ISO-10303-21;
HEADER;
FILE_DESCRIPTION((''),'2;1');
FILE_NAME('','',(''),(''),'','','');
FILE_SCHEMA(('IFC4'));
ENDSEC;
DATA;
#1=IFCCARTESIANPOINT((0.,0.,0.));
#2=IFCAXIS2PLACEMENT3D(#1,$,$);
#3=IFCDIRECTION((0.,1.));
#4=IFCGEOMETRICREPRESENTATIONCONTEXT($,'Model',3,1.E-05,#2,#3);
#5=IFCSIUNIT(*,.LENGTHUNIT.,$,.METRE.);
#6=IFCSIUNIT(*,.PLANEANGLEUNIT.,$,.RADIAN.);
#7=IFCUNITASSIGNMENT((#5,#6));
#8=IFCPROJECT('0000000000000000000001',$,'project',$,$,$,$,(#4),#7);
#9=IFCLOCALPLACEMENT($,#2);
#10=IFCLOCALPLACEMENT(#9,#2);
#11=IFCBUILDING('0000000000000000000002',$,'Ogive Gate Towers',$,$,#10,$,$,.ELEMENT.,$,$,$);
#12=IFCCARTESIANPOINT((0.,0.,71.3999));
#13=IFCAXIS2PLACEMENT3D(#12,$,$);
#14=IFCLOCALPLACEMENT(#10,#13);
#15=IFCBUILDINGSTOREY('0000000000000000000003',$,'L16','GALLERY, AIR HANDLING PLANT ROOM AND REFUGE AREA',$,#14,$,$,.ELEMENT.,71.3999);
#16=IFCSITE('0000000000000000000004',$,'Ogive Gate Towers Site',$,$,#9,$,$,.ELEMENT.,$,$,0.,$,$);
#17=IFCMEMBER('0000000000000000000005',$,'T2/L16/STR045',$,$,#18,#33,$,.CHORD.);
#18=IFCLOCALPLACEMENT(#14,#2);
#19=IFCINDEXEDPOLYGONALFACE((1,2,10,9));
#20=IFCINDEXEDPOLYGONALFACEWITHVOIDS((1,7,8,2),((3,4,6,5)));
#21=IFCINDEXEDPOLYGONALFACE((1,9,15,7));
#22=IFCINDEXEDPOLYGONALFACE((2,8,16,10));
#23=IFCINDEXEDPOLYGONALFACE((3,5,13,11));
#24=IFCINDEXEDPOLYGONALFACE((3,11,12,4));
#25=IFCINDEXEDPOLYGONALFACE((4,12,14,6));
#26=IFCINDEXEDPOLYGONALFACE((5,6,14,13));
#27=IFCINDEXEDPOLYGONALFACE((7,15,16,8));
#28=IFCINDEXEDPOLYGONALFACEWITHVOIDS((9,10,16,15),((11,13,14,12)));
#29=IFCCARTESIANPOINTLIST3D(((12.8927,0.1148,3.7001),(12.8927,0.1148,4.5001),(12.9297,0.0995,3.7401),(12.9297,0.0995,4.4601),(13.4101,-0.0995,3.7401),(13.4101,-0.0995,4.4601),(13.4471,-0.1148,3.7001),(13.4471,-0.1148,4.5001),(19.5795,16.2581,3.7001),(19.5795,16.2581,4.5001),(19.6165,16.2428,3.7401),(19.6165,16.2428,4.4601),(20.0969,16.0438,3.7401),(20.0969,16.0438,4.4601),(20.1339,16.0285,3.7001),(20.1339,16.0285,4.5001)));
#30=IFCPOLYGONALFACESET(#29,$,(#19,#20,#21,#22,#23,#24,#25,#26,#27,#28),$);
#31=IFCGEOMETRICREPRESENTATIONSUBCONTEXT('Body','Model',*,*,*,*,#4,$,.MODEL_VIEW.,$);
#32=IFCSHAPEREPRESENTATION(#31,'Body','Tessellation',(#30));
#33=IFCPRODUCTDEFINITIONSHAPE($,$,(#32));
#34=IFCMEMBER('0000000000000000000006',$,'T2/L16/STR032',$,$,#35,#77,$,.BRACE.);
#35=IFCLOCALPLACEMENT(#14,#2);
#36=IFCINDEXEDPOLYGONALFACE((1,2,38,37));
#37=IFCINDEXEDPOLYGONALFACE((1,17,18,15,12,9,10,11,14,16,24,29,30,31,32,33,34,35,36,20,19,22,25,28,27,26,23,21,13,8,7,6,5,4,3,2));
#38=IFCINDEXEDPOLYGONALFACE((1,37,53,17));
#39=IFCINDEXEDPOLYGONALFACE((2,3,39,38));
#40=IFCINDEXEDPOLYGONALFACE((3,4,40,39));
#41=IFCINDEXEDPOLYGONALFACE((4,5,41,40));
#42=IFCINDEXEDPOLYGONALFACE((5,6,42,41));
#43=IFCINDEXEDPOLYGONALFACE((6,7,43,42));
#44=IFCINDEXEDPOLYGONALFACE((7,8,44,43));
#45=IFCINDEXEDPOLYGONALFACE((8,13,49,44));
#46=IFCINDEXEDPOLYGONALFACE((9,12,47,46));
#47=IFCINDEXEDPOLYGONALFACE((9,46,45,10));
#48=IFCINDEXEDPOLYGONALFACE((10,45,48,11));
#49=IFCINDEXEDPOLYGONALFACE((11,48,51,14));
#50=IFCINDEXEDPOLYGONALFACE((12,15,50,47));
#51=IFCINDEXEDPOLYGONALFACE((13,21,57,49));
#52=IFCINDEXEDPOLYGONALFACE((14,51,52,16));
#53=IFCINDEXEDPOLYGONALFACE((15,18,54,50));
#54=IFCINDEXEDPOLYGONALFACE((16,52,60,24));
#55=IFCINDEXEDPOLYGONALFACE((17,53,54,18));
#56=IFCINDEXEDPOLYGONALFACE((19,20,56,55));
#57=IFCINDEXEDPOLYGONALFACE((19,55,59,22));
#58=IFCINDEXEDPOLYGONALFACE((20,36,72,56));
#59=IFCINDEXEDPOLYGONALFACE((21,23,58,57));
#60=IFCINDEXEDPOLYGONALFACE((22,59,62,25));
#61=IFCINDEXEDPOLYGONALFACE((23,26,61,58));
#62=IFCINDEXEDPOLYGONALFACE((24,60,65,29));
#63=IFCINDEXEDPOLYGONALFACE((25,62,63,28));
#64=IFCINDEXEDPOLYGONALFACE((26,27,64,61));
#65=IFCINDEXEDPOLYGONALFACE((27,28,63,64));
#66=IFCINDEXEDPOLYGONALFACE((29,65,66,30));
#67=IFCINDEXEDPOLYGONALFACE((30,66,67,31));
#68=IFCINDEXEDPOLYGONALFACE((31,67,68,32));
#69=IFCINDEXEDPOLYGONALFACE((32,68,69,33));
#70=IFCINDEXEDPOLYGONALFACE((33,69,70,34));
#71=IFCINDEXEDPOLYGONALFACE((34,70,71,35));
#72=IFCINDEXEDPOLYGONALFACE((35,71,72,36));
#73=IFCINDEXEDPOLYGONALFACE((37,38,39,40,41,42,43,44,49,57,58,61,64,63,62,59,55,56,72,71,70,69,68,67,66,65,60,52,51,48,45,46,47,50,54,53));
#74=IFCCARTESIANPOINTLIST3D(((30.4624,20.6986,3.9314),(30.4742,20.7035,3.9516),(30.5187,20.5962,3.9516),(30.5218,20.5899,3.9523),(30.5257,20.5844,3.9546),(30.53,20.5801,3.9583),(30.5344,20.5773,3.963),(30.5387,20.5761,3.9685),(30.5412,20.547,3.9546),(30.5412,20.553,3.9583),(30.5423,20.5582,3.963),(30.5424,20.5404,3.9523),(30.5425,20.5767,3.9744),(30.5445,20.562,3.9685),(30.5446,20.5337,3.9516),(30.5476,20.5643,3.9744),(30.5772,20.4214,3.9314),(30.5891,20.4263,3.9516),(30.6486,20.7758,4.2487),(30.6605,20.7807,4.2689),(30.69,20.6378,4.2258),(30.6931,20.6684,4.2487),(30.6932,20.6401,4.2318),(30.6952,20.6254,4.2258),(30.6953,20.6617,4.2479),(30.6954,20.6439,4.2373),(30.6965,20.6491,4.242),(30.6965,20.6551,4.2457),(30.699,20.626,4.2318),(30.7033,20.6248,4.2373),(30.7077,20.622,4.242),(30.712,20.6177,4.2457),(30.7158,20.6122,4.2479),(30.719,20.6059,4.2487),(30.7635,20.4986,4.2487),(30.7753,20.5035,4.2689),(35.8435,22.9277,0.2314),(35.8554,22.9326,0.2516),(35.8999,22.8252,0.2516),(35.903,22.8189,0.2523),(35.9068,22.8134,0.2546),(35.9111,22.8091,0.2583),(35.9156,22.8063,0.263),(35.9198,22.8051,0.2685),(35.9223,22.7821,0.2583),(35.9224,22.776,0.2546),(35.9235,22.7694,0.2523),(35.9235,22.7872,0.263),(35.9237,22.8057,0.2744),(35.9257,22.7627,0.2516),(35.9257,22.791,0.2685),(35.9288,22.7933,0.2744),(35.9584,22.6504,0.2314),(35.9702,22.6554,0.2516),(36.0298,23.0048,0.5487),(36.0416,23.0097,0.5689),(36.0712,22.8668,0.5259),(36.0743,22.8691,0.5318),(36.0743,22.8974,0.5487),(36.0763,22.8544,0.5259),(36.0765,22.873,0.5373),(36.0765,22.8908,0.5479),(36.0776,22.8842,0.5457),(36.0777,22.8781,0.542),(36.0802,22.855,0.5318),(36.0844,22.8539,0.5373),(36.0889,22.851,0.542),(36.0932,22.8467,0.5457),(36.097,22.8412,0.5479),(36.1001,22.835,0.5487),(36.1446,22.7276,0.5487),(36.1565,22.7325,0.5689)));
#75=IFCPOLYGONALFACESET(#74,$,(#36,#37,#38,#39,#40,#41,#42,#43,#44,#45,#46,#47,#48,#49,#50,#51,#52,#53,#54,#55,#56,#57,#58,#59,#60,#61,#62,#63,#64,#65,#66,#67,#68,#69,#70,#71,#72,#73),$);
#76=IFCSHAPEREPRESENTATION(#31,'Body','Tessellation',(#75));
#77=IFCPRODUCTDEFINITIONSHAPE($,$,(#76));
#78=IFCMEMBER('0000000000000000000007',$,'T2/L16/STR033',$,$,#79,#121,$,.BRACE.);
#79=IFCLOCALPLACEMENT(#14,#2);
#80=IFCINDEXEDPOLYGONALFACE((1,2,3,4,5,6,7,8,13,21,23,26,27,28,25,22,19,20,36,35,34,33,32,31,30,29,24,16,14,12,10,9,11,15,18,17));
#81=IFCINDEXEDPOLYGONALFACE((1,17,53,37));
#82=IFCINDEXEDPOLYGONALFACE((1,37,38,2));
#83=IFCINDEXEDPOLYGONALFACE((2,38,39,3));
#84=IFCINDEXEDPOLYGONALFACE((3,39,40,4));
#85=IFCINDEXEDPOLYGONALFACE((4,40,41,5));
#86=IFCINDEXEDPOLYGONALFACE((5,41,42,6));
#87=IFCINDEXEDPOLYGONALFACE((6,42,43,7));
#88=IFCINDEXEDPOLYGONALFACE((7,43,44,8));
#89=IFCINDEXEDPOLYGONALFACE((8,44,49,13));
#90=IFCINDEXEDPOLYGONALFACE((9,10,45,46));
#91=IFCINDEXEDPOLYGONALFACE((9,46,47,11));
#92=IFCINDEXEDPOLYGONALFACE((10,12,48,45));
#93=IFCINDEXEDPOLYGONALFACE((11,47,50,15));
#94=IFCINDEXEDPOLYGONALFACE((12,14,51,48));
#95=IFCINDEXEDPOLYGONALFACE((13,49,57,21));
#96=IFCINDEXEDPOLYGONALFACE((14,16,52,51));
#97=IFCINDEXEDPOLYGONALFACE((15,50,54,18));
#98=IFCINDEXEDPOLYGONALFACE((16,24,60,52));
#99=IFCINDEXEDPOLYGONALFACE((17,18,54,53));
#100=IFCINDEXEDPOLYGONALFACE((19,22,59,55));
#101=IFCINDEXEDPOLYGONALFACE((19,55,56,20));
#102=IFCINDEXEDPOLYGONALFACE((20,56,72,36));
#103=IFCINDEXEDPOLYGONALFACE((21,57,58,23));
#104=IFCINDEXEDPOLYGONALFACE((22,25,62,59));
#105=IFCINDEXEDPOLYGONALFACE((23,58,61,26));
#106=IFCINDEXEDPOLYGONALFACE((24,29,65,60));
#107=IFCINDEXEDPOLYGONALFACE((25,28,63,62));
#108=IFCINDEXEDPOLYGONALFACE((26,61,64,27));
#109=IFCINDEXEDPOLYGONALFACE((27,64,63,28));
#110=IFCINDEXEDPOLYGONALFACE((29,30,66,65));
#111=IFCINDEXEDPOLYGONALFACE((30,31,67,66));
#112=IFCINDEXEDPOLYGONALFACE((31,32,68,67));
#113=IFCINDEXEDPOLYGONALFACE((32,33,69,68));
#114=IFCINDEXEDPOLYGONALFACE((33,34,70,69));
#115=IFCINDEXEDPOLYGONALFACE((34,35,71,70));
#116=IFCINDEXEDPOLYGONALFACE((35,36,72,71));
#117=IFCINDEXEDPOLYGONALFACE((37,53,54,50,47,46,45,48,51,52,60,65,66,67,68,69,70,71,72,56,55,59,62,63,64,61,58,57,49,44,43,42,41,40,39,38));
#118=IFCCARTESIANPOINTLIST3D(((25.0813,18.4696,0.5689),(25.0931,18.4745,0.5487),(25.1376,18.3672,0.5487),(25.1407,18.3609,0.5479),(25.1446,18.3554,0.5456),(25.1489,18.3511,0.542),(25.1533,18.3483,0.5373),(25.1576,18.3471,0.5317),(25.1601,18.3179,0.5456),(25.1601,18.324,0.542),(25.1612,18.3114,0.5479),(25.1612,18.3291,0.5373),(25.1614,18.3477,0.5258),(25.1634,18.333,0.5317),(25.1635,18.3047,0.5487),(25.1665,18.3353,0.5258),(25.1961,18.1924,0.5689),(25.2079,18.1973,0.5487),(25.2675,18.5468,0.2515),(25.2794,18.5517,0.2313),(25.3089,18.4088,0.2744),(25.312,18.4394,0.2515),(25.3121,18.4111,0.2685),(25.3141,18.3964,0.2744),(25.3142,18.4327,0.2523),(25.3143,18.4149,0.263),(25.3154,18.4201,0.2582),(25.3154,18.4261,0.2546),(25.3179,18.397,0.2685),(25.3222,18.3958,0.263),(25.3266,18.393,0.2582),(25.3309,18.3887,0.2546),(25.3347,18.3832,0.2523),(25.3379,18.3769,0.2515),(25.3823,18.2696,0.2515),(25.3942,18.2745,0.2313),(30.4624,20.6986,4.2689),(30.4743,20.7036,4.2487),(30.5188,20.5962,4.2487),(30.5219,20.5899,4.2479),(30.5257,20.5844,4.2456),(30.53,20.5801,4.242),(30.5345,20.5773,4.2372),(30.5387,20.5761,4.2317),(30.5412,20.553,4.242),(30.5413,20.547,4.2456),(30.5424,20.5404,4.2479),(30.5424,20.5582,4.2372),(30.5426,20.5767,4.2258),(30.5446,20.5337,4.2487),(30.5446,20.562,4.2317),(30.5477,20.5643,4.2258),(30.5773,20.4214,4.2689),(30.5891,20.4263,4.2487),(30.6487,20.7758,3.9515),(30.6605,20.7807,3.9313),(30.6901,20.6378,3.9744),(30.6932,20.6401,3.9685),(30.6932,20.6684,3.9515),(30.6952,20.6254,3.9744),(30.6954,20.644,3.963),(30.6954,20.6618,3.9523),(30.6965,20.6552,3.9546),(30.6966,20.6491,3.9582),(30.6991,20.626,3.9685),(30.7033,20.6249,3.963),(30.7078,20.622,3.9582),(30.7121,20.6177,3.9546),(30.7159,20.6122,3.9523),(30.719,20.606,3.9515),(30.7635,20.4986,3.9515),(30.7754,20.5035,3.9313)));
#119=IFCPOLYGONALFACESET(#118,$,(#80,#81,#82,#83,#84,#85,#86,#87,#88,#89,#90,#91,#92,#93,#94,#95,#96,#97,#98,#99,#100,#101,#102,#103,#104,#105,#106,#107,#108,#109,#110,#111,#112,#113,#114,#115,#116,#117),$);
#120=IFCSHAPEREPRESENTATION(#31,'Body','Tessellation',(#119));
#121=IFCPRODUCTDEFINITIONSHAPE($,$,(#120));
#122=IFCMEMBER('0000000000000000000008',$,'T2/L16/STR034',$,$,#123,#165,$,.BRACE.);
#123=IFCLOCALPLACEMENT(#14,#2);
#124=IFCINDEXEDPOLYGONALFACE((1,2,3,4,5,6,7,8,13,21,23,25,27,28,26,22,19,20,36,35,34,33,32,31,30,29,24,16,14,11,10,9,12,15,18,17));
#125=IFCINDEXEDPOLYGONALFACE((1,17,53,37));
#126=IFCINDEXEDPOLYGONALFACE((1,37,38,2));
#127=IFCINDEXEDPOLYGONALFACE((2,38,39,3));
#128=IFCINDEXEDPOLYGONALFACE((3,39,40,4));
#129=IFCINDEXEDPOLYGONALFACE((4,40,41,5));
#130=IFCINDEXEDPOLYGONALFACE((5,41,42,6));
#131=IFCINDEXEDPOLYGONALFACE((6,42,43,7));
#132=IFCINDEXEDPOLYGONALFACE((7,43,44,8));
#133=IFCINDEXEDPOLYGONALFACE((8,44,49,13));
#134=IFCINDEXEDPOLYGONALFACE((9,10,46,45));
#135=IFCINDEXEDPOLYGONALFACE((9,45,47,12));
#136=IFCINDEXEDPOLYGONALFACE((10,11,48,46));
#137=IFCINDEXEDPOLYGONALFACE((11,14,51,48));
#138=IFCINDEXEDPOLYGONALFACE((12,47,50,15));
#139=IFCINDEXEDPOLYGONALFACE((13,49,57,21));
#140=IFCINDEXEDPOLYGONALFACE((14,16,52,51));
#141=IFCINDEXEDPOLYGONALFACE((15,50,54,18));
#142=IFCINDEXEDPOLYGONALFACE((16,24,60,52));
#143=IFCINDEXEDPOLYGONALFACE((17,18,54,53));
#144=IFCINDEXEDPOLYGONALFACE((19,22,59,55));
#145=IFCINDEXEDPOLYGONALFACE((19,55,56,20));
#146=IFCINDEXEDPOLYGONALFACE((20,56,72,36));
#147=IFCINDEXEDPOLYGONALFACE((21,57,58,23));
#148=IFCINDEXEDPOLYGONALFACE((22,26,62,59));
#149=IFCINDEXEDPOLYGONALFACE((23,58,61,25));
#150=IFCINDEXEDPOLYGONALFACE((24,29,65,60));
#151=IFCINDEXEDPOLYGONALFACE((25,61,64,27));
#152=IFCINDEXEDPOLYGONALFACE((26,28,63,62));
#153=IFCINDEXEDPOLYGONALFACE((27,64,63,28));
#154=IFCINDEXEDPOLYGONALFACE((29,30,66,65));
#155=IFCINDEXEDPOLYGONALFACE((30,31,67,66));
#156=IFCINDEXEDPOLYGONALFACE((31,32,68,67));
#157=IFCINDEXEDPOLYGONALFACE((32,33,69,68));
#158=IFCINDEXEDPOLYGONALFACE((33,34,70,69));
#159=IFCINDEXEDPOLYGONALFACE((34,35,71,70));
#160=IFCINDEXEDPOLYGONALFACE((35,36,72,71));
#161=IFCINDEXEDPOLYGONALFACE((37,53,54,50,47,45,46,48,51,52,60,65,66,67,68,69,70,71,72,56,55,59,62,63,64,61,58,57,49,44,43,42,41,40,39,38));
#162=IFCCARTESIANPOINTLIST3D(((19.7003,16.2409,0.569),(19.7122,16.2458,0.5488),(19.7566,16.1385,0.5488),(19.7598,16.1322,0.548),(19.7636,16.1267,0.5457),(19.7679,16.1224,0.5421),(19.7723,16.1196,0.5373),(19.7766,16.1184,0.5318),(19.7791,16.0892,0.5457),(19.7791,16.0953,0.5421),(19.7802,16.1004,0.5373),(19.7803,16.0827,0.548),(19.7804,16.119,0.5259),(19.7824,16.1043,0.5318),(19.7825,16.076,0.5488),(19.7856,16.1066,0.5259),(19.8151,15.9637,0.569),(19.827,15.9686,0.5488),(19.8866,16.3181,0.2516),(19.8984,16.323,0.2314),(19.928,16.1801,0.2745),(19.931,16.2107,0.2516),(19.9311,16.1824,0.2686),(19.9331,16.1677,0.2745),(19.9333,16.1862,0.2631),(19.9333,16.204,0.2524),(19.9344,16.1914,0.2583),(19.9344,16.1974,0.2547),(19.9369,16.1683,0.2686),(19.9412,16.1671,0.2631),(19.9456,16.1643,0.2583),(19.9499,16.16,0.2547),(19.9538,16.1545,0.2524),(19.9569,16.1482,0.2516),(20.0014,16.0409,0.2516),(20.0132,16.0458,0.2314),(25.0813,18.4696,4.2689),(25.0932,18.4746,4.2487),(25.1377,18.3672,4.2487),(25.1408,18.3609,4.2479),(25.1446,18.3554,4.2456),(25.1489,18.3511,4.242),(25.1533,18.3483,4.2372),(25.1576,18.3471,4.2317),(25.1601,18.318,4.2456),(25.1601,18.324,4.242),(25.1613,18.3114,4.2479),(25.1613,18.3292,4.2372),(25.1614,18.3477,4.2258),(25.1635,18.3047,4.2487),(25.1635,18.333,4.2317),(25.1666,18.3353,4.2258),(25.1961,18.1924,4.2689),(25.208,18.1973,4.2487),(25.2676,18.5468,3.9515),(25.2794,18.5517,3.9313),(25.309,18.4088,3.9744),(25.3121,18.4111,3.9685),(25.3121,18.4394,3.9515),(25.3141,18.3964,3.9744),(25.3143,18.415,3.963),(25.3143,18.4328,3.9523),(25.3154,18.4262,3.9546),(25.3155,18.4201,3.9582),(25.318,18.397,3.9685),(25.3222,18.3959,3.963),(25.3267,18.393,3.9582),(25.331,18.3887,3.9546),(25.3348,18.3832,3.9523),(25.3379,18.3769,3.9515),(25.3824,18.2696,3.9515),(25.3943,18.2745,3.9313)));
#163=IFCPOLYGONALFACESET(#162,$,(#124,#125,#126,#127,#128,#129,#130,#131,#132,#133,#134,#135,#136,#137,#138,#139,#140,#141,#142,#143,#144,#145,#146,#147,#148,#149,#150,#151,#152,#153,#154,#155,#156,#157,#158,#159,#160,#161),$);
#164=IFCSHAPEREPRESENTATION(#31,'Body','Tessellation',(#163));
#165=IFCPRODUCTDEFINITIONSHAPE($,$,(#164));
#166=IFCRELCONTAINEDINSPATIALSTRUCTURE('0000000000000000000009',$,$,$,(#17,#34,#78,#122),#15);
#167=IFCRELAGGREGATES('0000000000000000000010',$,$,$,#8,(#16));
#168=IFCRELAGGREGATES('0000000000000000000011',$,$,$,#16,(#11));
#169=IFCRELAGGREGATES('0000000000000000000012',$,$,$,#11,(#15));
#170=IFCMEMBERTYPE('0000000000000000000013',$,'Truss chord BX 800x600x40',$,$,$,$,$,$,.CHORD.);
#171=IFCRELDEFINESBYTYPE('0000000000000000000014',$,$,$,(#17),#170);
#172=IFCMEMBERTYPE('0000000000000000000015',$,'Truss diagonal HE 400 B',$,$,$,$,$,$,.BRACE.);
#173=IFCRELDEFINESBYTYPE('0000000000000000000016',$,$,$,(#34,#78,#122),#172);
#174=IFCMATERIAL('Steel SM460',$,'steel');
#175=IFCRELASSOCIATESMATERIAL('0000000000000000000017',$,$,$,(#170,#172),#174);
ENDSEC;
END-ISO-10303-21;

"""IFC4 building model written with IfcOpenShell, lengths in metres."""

from ifc_helpers import new_model, si_unit, direction, frame, origin, origin_2d, place, context, subcontext, project, spatial, hollow_rectangle, i_section, extrude, material, material_profile, profile_set, type_object, element, save


model = new_model("IFC4")

# Units and contexts
model_context = context("Model", 3, precision=1e-05, world=origin(), true_north=direction((0.0, 1.0)))
body_context = subcontext(model_context, "Body", "Model", "MODEL_VIEW")
ifc_project = project(units=[si_unit("LENGTHUNIT", "METRE"), si_unit("PLANEANGLEUNIT", "RADIAN")], contexts=[model_context])

# Site, building, storey
site_placement = place(None, origin())
site = spatial("IfcSite", under=ifc_project, at=site_placement, Name="Ogive Gate Towers Site", CompositionType="ELEMENT", RefElevation=0.0)
building_placement = place(site_placement, origin())
building = spatial("IfcBuilding", under=site, at=building_placement, Name="Ogive Gate Towers", CompositionType="ELEMENT")
storey_placement = place(building_placement, frame((0.0, 0.0, 71.3999)))
storey = spatial("IfcBuildingStorey", under=building, at=storey_placement, Name="L16", Description="GALLERY, AIR HANDLING PLANT ROOM AND REFUGE AREA", CompositionType="ELEMENT", Elevation=71.3999)

# Shared definitions
ifc_material_1 = material(Name="Steel SM460", Category="steel")

# Members
ifc_material_profile_1 = material_profile(ifc_material_1, hollow_rectangle(XDim=0.6001, YDim=0.8, WallThickness=0.04, at=origin_2d()), Name="BX 800x600x40")
ifc_profile_set_1 = profile_set([ifc_material_profile_1], Name="Steel SM460")
member_type_1 = type_object("IfcMemberType", Name="Truss chord BX 800x600x40", PredefinedType="CHORD", material=ifc_profile_set_1)
for number, where, z_axis, x_axis, name in (
    (1, (19.8567, 16.1433, 4.1001), (-0.382683, -0.92388, 0.0), (0.92388, -0.382683, 0.0), "T2/L16/STR045"),
):
    element("IfcMember", number, at=place(storey_placement, frame(where, z_axis=z_axis, x_axis=x_axis)), inside=storey, type_object=member_type_1, Name=name, PredefinedType="CHORD", context=body_context, shape_type="SweptSolid", body=[
        extrude(hollow_rectangle(XDim=0.6001, YDim=0.8, WallThickness=0.04, at=origin_2d()), origin(), (0.0, 0.0, 1.0), 17.4734),
    ])
ifc_material_profile_2 = material_profile(ifc_material_1, i_section(OverallWidth=0.3, OverallDepth=0.3999, WebThickness=0.0134, FlangeThickness=0.0239, FilletRadius=0.0271, at=origin_2d()), Name="HE 400 B")
ifc_profile_set_2 = profile_set([ifc_material_profile_2], Name="Steel SM460")
member_type_2 = type_object("IfcMemberType", Name="Truss diagonal HE 400 B", PredefinedType="BRACE", material=ifc_profile_set_2)
for number, where, z_axis, x_axis, name in (
    (2, (36.0, 22.8301, 0.4001), (-0.779834, -0.323029, 0.5362), (0.382695, -0.923875, 0.0), "T2/L16/STR032"),
    (3, (30.6189, 20.6011, 4.1001), (-0.779834, -0.323029, -0.5362), (0.382695, -0.923875, 0.0), "T2/L16/STR033"),
):
    element("IfcMember", number, at=place(storey_placement, frame(where, z_axis=z_axis, x_axis=x_axis)), inside=storey, type_object=member_type_2, Name=name, PredefinedType="BRACE", context=body_context, shape_type="SweptSolid", body=[
        extrude(i_section(OverallWidth=0.3, OverallDepth=0.3999, WebThickness=0.0134, FlangeThickness=0.0239, FilletRadius=0.0271, at=origin_2d()), origin(), (0.0, 0.0, 1.0), 6.9004),
    ])
for number, where, z_axis, x_axis, name in (
    (4, (25.2378, 18.3721, 4.1001), (-0.779843, -0.322998, -0.536206), (0.382659, -0.92389, 0.0), "T2/L16/STR034"),
):
    element("IfcMember", number, at=place(storey_placement, frame(where, z_axis=z_axis, x_axis=x_axis)), inside=storey, type_object=member_type_2, Name=name, PredefinedType="BRACE", context=body_context, shape_type="SweptSolid", body=[
        extrude(i_section(OverallWidth=0.3, OverallDepth=0.3999, WebThickness=0.0134, FlangeThickness=0.0239, FilletRadius=0.0271, at=origin_2d()), origin(), (0.0, 0.0, 1.0), 6.9001),
    ])

save(model, "model.ifc")
